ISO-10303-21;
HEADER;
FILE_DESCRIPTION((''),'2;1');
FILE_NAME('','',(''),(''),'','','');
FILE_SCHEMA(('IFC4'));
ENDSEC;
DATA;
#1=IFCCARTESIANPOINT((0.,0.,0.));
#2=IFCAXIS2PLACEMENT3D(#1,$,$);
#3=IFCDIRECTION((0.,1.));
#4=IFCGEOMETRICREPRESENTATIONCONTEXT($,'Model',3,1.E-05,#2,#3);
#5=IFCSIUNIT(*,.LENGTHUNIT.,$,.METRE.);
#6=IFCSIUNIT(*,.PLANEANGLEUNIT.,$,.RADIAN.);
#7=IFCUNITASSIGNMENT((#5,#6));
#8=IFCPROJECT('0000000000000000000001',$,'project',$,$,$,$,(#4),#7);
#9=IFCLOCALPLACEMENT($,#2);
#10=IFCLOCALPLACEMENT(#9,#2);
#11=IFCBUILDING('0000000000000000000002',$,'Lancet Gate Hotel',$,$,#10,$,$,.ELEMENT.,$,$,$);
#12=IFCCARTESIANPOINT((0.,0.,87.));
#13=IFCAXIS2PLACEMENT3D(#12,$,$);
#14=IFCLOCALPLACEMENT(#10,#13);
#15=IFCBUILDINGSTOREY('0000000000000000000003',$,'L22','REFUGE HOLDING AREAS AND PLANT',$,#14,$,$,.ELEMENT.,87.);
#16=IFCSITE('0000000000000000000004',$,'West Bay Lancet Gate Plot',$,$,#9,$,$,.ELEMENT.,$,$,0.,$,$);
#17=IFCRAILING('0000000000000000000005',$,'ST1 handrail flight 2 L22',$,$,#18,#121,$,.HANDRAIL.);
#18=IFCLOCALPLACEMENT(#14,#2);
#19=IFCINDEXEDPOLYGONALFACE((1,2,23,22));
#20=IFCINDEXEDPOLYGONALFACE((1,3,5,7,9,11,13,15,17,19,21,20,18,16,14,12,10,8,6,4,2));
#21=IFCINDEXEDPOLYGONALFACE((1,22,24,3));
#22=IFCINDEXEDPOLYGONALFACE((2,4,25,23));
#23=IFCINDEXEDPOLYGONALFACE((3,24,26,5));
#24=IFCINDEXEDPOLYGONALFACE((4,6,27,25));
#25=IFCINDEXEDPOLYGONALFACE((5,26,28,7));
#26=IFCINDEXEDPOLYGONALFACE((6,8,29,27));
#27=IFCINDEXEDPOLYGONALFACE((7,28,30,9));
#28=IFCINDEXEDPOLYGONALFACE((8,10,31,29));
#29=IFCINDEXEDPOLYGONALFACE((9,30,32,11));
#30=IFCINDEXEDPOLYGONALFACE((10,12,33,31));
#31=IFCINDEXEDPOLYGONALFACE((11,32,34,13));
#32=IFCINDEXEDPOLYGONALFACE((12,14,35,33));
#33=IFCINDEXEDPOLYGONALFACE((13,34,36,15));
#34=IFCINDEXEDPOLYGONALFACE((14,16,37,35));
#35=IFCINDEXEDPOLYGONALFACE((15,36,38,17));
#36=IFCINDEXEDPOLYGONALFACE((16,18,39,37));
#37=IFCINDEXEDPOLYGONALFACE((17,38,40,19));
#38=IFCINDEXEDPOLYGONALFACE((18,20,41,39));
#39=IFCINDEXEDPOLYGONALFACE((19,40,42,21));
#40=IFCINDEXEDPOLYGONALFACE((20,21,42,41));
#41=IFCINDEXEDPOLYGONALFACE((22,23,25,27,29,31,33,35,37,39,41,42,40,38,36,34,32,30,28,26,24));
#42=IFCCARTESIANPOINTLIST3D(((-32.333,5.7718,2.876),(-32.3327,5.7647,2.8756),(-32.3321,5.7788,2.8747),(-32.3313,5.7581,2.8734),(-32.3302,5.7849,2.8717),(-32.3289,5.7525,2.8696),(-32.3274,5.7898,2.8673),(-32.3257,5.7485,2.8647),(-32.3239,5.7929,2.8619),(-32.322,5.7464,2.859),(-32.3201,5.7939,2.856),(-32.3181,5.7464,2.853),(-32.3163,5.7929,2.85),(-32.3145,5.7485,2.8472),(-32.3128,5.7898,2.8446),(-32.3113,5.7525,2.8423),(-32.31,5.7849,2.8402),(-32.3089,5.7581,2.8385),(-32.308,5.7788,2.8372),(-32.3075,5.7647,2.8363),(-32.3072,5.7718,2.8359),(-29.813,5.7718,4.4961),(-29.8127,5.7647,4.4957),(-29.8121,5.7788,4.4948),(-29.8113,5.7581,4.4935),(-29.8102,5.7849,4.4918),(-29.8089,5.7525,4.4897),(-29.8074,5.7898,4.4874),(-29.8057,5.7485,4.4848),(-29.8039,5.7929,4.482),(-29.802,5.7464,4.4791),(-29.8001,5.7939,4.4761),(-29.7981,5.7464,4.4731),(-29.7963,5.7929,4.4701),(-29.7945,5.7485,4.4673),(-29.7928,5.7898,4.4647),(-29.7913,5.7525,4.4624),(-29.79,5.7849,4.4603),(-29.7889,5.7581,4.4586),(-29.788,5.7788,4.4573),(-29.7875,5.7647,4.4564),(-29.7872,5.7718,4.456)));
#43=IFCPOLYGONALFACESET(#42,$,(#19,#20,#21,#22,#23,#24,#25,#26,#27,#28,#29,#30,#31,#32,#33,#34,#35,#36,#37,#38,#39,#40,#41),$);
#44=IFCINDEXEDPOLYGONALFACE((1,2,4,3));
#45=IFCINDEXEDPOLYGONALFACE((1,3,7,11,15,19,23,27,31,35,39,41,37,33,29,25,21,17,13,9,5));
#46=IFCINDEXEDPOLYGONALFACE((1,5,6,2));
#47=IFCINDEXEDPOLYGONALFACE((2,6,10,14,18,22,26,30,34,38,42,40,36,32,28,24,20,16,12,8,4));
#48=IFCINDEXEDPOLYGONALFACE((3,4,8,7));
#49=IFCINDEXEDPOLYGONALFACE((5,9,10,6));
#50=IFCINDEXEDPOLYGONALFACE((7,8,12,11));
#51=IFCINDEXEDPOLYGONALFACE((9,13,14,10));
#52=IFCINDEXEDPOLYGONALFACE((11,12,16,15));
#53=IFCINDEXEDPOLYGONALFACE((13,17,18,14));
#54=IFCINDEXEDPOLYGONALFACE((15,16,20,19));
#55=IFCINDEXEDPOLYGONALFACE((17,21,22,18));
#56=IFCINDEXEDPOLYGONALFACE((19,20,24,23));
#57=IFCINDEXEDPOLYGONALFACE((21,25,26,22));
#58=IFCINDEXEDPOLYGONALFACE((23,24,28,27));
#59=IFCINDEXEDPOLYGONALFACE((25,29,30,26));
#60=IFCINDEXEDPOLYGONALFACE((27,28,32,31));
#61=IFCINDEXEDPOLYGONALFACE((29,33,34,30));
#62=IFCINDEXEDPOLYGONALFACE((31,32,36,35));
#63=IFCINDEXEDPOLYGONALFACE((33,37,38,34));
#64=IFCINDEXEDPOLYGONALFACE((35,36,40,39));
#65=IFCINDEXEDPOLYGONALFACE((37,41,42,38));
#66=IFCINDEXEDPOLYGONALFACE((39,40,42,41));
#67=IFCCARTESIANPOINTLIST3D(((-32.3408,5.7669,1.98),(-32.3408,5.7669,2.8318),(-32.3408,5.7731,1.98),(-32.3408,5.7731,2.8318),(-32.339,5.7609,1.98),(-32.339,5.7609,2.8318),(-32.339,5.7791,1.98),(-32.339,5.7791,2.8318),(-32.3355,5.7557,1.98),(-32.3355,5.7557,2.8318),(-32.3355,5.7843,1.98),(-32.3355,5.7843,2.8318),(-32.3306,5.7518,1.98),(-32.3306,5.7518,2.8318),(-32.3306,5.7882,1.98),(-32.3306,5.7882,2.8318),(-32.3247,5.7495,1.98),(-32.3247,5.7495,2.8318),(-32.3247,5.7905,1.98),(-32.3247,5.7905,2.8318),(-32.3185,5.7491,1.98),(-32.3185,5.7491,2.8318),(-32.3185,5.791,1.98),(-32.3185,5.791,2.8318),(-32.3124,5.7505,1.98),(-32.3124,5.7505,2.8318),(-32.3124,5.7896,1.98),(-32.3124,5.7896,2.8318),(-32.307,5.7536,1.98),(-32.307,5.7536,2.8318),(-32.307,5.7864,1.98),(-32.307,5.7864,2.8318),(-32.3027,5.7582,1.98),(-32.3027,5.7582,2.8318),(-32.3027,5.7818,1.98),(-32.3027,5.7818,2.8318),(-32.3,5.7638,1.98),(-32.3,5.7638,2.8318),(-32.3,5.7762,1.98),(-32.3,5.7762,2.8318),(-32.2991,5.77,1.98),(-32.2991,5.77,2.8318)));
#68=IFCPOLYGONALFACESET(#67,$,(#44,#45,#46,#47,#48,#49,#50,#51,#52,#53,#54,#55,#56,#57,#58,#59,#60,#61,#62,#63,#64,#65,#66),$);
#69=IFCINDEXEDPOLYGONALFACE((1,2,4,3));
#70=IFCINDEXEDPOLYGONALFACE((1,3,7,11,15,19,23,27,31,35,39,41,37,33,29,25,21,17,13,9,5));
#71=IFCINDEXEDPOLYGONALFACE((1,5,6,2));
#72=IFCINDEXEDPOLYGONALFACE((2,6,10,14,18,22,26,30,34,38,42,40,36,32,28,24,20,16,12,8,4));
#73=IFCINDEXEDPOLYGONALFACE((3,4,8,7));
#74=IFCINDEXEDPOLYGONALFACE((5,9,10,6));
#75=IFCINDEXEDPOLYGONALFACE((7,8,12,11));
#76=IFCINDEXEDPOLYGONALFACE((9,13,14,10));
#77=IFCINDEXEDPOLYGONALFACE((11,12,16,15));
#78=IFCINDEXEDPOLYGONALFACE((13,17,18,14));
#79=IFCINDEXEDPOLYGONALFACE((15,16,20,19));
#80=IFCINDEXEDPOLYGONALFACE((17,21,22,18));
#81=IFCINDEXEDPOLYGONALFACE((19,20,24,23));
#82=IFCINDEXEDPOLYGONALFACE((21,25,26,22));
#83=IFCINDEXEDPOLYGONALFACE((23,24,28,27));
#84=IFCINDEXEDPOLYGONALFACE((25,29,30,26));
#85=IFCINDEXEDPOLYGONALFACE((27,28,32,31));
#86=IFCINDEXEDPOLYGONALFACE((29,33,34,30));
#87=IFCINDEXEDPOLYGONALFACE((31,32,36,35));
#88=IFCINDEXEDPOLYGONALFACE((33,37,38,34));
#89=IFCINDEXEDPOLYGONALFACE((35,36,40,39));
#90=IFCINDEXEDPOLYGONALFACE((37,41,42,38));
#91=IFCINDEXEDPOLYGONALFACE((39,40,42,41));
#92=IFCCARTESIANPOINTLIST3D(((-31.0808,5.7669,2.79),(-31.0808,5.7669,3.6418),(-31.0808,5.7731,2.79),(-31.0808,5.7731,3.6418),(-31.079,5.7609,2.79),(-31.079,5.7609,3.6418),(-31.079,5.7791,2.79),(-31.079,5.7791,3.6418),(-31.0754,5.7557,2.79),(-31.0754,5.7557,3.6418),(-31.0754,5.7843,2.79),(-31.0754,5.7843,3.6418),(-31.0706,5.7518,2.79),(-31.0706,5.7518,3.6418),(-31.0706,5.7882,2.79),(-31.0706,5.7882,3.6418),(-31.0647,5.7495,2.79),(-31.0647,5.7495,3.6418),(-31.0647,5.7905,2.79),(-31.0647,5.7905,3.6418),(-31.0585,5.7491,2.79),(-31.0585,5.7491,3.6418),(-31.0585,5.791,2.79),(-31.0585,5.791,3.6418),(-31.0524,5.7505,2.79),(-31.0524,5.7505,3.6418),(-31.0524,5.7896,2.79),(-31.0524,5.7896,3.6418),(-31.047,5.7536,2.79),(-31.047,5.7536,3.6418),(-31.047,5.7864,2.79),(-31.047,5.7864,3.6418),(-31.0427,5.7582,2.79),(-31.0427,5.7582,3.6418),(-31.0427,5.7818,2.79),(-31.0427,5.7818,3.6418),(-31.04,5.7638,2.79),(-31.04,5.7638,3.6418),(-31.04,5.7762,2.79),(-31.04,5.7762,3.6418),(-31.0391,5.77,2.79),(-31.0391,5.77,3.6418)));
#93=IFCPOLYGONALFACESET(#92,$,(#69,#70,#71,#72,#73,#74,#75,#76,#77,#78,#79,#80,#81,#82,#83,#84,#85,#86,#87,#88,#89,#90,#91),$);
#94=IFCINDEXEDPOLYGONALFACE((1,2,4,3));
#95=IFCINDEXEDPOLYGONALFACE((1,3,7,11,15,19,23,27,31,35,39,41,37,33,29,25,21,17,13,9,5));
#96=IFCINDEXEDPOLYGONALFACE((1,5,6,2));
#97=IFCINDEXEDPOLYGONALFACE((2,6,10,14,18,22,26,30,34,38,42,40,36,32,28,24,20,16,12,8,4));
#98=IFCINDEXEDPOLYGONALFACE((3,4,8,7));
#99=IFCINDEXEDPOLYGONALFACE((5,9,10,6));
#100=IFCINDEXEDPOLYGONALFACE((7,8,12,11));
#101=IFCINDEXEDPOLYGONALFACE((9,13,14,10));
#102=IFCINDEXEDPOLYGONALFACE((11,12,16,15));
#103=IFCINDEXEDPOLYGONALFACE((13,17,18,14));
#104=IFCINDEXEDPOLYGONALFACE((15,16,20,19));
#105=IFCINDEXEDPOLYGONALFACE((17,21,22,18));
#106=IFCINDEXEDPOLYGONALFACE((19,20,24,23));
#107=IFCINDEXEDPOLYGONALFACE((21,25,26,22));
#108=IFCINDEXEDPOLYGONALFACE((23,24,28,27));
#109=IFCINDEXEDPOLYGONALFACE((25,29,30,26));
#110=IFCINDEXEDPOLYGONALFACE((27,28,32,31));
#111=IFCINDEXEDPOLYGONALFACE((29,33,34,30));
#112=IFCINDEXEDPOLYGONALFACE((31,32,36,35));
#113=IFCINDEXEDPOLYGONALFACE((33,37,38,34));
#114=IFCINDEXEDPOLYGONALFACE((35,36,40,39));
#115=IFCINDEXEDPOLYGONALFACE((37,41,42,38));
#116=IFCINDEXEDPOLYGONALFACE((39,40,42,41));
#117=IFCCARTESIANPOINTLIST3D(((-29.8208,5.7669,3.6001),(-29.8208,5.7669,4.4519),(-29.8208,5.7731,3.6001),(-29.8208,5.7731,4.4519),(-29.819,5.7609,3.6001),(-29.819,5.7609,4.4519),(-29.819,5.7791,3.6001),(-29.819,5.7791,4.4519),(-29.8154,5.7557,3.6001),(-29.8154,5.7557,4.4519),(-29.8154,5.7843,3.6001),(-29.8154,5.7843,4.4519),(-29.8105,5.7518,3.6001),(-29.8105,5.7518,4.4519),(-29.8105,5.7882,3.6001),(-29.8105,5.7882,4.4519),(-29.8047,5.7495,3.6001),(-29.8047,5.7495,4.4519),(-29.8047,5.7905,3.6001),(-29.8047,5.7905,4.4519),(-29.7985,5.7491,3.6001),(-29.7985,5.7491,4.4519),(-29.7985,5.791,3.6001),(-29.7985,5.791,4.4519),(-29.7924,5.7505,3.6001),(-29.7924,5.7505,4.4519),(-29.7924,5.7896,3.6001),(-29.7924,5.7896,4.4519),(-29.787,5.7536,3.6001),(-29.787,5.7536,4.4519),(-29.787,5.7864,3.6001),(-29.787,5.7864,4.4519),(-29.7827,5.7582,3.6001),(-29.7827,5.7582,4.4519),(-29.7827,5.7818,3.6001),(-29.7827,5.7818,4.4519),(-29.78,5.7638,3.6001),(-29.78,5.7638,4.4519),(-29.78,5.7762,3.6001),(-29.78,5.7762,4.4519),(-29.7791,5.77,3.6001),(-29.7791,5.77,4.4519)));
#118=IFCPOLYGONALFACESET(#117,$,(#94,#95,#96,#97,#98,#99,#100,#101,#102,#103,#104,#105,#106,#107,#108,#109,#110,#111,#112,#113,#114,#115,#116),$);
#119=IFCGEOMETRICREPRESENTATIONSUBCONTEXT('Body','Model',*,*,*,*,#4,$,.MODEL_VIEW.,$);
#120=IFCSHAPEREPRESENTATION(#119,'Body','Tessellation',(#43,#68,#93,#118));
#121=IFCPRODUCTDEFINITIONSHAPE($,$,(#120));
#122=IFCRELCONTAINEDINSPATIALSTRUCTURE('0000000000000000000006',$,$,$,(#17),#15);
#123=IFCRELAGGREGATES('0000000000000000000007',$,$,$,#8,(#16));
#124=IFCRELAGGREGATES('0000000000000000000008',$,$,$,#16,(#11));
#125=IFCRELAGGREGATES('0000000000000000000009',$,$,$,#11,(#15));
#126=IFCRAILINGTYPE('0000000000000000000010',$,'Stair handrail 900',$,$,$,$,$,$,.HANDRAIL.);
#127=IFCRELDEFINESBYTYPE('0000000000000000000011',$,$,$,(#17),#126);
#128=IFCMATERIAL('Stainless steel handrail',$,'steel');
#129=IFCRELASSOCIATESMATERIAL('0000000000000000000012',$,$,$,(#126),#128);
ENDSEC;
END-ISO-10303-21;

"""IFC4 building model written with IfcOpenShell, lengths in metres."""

from ifc_helpers import new_model, si_unit, direction, frame, origin, origin_2d, place, context, subcontext, project, spatial, circle, extrude, material, type_object, element, save


model = new_model("IFC4")

# Units and contexts
model_context = context("Model", 3, precision=1e-05, world=origin(), true_north=direction((0.0, 1.0)))
body_context = subcontext(model_context, "Body", "Model", "MODEL_VIEW")
ifc_project = project(units=[si_unit("LENGTHUNIT", "METRE"), si_unit("PLANEANGLEUNIT", "RADIAN")], contexts=[model_context])

# Site, building, storey
site_placement = place(None, origin())
site = spatial("IfcSite", under=ifc_project, at=site_placement, Name="West Bay Lancet Gate Plot", CompositionType="ELEMENT", RefElevation=0.0)
building_placement = place(site_placement, origin())
building = spatial("IfcBuilding", under=site, at=building_placement, Name="Lancet Gate Hotel", CompositionType="ELEMENT")
storey_placement = place(building_placement, frame((0.0, 0.0, 87.0)))
storey = spatial("IfcBuildingStorey", under=building, at=storey_placement, Name="L22", Description="REFUGE HOLDING AREAS AND PLANT", CompositionType="ELEMENT", Elevation=87.0)

# Railing
ifc_material_1 = material(Name="Stainless steel handrail", Category="steel")
railing_type = type_object("IfcRailingType", Name="Stair handrail 900", PredefinedType="HANDRAIL", material=ifc_material_1)
railing_1_placement = place(storey_placement, frame((-32.3201, 5.77, 1.98)))
element("IfcRailing", 1, at=railing_1_placement, inside=storey, type_object=railing_type, Name="ST1 handrail flight 2 L22", PredefinedType="HANDRAIL", context=body_context, shape_type="SweptSolid", body=[
    extrude(circle(Radius=0.0239, at=origin_2d()), frame((0.0, 0.0, 0.876), z_axis=(0.841163, 0.0, 0.540782), x_axis=(0.0, 1.0, 0.0)), (0.0, 0.0, 1.0), 2.9958),
    extrude(circle(Radius=0.021, at=origin_2d()), origin(), (0.0, 0.0, 1.0), 0.8518),
    extrude(circle(Radius=0.021, at=origin_2d()), frame((1.26, 0.0, 0.8101)), (0.0, 0.0, 1.0), 0.8518),
    extrude(circle(Radius=0.021, at=origin_2d()), frame((2.52, 0.0, 1.6201)), (0.0, 0.0, 1.0), 0.8518),
])

save(model, "model.ifc")
